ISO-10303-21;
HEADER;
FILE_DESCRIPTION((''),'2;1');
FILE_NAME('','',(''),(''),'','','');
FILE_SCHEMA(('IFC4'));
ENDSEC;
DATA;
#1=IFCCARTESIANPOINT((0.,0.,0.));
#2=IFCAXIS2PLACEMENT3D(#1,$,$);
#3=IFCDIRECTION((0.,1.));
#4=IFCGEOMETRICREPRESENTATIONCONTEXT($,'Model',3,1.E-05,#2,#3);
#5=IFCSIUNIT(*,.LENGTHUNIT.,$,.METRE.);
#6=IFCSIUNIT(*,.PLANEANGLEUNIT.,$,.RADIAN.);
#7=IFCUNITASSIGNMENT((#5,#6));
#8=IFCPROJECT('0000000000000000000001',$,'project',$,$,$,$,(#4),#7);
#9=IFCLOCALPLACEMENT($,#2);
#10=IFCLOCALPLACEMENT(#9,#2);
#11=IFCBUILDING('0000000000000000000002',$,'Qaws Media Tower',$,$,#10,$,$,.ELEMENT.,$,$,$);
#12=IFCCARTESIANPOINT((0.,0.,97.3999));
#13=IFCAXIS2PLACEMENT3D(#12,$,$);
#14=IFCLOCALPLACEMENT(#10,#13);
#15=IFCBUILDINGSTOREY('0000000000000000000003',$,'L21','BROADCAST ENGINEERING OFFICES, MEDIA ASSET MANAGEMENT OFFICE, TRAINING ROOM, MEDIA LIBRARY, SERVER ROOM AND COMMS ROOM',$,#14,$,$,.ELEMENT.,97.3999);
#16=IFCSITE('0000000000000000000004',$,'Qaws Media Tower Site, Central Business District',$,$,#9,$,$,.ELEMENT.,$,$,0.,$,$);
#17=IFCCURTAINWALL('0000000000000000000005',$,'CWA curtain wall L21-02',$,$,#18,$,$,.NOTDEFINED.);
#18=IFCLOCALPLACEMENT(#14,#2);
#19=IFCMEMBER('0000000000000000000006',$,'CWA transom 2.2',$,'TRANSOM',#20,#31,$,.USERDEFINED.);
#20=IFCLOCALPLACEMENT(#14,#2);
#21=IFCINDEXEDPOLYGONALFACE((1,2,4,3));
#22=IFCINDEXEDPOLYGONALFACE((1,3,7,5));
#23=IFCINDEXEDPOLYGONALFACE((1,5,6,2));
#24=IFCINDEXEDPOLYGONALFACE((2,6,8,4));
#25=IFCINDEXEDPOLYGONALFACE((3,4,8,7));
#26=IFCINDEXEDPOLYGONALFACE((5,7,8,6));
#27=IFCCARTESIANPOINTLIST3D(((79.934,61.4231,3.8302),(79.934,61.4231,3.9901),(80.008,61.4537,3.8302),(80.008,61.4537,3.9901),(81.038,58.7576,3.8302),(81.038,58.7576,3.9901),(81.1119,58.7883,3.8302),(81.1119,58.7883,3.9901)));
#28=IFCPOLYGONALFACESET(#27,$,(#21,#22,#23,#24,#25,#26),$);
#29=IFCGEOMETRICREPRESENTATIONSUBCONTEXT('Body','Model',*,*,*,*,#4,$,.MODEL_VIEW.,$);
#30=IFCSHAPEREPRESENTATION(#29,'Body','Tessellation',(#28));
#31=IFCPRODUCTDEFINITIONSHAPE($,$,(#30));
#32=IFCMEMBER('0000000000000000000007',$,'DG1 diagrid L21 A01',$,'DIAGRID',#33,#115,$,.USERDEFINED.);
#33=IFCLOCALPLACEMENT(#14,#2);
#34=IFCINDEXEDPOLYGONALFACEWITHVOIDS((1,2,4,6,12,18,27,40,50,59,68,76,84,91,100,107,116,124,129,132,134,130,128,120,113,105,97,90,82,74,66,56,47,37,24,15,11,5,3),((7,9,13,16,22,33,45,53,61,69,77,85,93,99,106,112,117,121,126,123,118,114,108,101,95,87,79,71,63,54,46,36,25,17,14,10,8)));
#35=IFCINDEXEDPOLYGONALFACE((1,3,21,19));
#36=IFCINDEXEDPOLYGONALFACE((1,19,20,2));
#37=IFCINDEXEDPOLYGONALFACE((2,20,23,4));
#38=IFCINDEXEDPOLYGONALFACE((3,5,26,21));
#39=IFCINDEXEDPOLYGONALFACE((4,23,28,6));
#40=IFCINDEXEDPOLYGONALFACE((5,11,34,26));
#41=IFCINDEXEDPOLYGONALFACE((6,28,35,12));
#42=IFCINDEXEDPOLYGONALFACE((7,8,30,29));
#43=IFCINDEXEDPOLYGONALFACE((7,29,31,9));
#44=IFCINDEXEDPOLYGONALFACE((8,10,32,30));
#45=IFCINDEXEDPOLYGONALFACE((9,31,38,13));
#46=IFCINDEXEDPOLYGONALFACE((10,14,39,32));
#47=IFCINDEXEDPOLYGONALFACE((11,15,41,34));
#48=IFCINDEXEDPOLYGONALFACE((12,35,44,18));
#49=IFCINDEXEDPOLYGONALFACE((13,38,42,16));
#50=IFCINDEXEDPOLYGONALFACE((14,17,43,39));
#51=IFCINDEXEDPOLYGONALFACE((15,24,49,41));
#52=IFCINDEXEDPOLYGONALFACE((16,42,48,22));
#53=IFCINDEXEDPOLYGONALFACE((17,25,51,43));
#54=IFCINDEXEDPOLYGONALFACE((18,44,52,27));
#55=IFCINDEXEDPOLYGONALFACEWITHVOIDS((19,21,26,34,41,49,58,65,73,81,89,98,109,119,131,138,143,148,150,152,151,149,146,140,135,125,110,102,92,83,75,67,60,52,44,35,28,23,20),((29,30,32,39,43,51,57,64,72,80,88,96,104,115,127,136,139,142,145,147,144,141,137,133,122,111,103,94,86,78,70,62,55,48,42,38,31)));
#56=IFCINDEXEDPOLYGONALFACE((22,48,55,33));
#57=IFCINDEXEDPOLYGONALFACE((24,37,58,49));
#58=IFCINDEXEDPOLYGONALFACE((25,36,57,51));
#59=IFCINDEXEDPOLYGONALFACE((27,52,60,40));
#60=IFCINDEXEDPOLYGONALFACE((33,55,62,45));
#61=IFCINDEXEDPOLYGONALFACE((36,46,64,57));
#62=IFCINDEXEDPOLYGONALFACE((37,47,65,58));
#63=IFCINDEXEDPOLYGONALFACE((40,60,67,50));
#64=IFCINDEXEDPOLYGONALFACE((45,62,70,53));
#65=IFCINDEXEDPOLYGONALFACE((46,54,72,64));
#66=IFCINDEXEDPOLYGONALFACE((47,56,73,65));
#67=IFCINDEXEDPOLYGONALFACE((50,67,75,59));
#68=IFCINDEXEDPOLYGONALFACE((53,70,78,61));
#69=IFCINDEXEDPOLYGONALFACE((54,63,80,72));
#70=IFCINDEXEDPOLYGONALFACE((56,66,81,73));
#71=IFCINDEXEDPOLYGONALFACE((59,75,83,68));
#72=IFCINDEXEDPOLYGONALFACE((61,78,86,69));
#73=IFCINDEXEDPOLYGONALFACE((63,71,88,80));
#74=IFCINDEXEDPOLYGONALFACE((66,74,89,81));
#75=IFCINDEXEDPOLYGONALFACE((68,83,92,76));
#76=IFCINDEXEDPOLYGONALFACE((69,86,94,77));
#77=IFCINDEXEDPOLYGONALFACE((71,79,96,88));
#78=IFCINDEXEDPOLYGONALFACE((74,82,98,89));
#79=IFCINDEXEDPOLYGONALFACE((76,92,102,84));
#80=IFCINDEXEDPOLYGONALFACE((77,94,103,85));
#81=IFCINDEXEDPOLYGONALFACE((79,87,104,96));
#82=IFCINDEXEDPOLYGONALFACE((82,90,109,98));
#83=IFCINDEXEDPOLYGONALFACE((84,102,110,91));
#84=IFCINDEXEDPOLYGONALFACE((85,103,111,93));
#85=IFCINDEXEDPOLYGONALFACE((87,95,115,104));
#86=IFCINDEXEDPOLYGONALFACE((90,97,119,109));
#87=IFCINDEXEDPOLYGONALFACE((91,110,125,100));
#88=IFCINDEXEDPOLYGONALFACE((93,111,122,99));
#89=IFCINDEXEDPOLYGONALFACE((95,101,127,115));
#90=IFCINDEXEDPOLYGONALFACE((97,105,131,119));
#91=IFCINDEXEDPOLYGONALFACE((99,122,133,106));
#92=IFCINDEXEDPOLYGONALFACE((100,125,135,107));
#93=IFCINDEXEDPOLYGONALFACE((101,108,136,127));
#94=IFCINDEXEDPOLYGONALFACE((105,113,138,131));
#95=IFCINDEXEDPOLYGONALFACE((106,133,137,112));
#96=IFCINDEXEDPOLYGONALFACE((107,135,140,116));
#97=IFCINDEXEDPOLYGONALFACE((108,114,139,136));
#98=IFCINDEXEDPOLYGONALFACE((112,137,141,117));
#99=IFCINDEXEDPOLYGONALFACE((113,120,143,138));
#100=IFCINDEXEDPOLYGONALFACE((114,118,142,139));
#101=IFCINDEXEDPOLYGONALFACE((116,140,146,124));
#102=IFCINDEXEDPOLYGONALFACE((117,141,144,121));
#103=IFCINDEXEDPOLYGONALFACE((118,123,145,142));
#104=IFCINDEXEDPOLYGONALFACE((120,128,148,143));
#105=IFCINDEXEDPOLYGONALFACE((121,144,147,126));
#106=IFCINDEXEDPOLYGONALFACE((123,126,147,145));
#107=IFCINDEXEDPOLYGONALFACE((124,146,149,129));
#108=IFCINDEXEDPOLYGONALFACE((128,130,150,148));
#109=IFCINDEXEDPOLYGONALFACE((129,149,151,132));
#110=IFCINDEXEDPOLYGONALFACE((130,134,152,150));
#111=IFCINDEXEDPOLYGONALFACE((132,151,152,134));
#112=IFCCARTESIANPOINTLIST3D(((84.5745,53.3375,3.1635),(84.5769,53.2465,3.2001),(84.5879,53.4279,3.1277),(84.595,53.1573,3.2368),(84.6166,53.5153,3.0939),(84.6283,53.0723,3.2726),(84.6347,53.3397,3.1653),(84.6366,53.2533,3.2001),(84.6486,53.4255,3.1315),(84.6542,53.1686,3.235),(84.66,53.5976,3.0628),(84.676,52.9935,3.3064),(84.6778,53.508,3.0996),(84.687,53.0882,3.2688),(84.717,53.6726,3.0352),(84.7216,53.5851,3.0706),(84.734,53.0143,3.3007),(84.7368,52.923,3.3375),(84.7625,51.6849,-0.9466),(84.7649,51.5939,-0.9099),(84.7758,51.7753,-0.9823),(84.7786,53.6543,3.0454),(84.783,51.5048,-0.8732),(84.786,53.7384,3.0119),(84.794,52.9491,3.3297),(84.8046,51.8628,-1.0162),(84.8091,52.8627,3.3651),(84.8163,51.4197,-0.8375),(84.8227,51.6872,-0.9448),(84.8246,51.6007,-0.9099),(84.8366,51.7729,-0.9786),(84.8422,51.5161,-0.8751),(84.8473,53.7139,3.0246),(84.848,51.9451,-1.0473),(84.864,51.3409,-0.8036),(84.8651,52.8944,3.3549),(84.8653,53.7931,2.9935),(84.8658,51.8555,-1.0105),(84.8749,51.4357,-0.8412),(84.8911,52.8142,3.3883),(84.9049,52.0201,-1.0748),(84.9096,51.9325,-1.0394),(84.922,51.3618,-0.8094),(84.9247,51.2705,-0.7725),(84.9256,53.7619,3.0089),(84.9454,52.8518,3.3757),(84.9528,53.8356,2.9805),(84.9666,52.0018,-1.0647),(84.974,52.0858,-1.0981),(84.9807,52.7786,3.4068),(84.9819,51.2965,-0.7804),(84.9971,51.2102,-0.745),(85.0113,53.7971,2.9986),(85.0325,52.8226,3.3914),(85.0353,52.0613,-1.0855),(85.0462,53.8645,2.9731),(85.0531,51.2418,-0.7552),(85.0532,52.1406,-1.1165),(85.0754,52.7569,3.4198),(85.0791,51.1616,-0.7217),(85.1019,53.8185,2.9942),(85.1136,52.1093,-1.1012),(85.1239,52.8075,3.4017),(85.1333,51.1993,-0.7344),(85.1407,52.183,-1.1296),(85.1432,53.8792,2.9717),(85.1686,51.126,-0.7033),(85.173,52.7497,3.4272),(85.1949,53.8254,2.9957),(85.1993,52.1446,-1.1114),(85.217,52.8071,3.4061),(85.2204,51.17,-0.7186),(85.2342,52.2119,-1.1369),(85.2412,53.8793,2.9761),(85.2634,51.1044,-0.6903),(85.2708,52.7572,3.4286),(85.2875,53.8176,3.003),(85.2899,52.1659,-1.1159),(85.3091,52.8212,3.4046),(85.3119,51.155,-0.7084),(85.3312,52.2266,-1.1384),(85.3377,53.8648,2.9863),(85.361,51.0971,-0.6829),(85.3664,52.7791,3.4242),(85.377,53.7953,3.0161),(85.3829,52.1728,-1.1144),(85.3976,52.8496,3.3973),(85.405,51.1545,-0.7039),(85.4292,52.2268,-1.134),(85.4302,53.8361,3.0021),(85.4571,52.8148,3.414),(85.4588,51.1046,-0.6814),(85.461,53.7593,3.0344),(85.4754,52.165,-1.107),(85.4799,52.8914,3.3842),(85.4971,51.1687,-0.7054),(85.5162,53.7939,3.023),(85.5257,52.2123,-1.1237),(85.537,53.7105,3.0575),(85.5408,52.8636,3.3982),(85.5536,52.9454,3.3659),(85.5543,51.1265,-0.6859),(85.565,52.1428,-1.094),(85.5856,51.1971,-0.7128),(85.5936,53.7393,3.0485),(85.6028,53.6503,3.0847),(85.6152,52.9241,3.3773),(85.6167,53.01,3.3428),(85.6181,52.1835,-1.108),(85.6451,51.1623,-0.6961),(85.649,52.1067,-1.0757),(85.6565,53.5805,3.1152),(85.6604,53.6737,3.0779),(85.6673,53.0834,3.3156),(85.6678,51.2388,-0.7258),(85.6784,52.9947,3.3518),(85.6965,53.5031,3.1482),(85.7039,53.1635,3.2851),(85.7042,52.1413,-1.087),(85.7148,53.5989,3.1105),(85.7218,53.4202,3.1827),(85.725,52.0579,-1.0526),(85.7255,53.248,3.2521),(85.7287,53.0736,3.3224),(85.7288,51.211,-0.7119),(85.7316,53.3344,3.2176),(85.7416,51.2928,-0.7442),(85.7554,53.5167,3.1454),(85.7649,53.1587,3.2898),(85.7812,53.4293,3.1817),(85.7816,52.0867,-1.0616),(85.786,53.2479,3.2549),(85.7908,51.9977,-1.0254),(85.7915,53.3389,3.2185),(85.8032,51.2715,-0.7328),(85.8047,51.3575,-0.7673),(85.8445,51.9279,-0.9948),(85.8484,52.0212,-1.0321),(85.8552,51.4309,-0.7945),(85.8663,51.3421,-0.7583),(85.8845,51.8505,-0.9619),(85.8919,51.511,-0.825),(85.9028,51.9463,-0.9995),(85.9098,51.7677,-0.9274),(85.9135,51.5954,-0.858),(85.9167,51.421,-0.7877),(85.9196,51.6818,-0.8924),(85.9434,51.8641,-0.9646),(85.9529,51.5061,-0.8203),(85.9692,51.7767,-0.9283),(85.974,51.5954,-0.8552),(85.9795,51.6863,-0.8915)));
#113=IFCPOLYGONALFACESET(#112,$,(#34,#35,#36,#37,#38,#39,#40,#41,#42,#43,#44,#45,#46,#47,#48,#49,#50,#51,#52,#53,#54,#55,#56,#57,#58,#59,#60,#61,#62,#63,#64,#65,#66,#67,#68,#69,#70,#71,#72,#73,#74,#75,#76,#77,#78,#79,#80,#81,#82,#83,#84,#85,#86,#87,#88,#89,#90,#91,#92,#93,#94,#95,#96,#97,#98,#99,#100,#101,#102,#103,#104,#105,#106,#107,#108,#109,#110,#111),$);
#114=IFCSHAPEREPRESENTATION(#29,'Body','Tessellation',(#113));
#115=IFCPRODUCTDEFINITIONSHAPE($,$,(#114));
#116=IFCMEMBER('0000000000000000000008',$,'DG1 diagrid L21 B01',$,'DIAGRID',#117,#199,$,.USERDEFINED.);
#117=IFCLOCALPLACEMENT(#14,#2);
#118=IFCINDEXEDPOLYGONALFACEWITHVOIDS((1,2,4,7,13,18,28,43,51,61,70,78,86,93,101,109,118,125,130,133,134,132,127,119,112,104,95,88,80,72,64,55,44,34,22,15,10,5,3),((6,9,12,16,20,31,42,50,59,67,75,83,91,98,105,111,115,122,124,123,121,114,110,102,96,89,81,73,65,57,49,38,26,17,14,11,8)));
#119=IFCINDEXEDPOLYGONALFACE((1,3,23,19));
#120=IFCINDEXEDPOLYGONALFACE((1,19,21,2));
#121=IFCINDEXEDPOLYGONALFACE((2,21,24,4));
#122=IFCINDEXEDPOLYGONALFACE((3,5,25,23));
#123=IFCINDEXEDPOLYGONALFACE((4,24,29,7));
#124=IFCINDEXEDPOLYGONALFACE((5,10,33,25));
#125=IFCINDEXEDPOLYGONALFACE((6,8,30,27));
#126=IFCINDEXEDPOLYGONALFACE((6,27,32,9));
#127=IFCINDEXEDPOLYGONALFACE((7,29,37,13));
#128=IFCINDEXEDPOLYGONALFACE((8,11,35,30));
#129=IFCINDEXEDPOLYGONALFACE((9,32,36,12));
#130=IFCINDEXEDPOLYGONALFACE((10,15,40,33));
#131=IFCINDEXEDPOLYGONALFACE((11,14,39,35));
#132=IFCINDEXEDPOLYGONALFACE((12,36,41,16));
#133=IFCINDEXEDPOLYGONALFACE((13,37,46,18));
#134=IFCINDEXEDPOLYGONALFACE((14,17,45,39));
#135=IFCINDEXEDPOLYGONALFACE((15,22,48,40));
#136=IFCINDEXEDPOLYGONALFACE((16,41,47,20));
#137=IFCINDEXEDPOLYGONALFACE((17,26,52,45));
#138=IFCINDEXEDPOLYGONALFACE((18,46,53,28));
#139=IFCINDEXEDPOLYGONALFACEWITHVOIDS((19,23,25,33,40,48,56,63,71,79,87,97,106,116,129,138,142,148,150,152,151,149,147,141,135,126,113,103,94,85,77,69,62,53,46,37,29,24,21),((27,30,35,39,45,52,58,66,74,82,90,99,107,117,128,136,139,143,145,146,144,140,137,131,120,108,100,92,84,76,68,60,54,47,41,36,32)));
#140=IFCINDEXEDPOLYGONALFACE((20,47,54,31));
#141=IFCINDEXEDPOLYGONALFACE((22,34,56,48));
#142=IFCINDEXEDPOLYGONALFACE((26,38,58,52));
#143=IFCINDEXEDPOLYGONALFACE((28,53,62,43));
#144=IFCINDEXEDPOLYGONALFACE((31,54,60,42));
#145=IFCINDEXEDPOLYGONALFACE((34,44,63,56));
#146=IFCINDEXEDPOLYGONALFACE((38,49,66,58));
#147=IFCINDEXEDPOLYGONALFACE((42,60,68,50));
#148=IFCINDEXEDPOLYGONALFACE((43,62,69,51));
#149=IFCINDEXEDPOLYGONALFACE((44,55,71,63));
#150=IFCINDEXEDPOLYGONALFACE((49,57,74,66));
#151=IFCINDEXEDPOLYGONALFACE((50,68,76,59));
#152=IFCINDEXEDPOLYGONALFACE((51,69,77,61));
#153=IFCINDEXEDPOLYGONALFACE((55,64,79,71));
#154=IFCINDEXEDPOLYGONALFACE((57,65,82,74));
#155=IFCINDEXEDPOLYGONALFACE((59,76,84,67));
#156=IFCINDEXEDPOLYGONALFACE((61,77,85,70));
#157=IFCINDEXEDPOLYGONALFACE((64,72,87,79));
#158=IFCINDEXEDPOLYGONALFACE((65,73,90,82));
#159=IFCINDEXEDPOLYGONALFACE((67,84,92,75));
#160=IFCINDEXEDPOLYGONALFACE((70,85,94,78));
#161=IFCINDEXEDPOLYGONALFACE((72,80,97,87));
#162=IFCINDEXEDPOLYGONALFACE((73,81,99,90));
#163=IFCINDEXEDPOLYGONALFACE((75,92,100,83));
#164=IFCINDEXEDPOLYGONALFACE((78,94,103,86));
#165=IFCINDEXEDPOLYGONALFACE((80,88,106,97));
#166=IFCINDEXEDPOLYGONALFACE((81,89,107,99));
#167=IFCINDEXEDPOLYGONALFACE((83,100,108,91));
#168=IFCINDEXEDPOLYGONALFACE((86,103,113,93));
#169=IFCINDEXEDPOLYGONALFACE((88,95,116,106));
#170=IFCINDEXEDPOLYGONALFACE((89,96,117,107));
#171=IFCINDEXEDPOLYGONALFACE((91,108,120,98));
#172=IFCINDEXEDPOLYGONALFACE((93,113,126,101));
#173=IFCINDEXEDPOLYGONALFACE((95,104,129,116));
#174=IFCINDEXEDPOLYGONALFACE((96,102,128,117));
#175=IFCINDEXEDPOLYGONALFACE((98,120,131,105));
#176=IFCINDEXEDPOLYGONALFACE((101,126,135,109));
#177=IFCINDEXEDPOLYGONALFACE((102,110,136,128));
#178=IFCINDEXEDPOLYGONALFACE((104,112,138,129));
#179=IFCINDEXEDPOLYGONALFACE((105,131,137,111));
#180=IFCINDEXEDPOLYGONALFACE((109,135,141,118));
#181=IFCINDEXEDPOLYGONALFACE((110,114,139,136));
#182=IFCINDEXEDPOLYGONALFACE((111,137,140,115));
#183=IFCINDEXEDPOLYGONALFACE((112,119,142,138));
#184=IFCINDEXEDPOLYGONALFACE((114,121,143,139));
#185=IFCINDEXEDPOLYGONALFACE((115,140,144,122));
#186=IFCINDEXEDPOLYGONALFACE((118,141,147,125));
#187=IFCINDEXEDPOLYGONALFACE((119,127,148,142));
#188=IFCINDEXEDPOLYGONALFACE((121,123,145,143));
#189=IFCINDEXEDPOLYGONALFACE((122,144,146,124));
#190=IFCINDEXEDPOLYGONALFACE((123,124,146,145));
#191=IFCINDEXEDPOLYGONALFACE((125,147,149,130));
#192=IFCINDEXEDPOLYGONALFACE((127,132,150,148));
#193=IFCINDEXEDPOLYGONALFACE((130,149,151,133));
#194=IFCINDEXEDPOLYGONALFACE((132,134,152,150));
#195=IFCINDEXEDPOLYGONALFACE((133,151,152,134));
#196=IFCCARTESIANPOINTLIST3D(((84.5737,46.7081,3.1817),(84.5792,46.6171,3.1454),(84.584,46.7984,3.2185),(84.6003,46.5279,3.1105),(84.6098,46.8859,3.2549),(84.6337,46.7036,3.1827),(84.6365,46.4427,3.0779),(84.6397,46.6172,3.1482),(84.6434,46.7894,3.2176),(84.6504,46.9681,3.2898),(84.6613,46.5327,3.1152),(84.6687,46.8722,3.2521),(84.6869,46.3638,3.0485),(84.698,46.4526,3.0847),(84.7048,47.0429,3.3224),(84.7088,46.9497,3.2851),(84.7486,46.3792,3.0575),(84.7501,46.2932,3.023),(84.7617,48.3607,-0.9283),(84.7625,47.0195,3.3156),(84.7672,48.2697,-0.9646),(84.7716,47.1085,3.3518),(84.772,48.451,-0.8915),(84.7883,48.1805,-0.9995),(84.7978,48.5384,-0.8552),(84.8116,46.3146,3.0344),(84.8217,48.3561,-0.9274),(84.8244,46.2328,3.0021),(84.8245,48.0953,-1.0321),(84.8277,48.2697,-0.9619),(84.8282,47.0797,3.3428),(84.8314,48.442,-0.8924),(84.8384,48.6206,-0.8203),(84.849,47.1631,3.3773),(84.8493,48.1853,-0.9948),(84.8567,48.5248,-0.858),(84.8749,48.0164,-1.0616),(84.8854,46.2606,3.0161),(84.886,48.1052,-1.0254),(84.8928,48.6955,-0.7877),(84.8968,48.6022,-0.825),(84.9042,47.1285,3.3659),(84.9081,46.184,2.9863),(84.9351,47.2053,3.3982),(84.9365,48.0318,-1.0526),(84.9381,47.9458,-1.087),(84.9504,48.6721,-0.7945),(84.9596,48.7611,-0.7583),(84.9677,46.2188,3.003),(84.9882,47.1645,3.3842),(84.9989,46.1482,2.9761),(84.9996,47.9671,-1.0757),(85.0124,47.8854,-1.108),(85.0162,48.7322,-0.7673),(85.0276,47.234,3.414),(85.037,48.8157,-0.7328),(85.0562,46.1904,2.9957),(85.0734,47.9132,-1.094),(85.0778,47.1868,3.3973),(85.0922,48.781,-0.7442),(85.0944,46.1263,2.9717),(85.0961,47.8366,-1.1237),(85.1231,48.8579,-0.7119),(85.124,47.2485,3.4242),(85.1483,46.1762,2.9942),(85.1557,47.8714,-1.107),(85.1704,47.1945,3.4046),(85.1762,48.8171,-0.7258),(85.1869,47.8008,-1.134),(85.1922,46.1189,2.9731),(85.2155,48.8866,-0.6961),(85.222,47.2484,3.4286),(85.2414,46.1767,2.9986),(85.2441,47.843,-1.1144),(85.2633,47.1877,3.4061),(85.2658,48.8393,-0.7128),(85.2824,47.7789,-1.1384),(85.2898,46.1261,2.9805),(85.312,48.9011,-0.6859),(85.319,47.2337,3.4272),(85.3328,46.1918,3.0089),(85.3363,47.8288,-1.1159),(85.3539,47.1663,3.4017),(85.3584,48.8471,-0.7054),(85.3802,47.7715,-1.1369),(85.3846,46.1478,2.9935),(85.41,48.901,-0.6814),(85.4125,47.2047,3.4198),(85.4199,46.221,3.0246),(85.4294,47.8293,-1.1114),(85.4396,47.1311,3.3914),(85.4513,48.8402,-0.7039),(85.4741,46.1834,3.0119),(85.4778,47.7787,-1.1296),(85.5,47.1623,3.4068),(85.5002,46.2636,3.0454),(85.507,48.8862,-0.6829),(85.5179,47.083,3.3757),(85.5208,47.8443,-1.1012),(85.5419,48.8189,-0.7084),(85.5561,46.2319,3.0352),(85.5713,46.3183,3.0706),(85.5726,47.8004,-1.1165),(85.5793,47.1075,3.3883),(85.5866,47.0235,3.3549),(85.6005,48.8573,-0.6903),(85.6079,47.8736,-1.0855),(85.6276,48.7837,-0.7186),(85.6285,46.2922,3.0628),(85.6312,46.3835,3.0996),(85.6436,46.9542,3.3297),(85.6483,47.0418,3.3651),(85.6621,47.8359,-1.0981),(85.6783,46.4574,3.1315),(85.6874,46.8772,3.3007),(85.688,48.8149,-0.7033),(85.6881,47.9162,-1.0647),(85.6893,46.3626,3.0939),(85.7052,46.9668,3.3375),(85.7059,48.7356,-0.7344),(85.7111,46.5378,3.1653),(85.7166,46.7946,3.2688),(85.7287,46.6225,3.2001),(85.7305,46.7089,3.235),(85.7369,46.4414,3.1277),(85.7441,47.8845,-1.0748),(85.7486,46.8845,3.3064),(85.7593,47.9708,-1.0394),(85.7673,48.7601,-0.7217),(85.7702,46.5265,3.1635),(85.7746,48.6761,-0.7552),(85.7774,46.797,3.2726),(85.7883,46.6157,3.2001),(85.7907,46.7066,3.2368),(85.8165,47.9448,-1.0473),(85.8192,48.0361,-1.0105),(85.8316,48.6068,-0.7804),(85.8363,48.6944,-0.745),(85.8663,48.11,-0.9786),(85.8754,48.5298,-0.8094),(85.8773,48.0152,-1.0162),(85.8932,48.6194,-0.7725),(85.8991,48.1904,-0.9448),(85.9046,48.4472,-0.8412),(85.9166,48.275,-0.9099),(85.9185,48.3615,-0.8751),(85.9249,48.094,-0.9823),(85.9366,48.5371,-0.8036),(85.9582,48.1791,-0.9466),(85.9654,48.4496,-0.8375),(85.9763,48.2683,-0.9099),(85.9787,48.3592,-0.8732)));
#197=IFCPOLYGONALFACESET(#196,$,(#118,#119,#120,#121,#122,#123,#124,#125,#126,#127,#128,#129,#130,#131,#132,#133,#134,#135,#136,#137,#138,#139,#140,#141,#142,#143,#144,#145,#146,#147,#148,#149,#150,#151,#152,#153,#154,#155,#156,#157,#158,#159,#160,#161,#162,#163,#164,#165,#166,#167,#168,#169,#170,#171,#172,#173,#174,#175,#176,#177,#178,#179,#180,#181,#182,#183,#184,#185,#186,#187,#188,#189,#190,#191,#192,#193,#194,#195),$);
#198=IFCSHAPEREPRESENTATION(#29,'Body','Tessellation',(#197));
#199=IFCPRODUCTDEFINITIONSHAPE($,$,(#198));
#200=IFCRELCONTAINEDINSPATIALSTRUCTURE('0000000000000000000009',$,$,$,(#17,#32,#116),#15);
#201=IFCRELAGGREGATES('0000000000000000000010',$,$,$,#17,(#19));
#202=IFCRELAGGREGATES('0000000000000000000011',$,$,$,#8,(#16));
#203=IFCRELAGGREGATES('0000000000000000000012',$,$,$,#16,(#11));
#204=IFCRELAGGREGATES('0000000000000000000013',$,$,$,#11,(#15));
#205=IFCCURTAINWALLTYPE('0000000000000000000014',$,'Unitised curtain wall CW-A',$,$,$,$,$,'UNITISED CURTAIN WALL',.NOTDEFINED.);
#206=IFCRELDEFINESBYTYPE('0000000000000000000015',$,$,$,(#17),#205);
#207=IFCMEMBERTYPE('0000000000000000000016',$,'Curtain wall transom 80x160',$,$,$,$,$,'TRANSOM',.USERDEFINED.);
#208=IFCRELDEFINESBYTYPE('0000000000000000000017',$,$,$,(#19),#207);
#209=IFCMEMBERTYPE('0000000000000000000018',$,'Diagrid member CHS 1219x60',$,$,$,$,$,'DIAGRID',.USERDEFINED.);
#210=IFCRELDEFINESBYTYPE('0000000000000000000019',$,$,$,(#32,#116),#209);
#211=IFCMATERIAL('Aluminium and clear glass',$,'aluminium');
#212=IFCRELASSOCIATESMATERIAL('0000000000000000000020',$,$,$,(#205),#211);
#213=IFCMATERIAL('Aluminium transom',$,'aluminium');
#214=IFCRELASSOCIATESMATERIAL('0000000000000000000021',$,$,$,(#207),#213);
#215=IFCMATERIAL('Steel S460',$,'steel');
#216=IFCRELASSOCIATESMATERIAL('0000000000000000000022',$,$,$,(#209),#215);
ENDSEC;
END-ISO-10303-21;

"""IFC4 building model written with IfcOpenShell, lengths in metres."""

from ifc_helpers import new_model, si_unit, direction, frame, origin, origin_2d, place, context, subcontext, project, spatial, rectangle, hollow_circle, extrude, material, material_profile, profile_set, type_object, element, aggregate, save


model = new_model("IFC4")

# Units and contexts
model_context = context("Model", 3, precision=1e-05, world=origin(), true_north=direction((0.0, 1.0)))
body_context = subcontext(model_context, "Body", "Model", "MODEL_VIEW")
ifc_project = project(units=[si_unit("LENGTHUNIT", "METRE"), si_unit("PLANEANGLEUNIT", "RADIAN")], contexts=[model_context])

# Site, building, storey
site_placement = place(None, origin())
site = spatial("IfcSite", under=ifc_project, at=site_placement, Name="Qaws Media Tower Site, Central Business District", CompositionType="ELEMENT", RefElevation=0.0)
building_placement = place(site_placement, origin())
building = spatial("IfcBuilding", under=site, at=building_placement, Name="Qaws Media Tower", CompositionType="ELEMENT")
storey_placement = place(building_placement, frame((0.0, 0.0, 97.3999)))
storey = spatial("IfcBuildingStorey", under=building, at=storey_placement, Name="L21", Description="BROADCAST ENGINEERING OFFICES, MEDIA ASSET MANAGEMENT OFFICE, TRAINING ROOM, MEDIA LIBRARY, SERVER ROOM AND COMMS ROOM", CompositionType="ELEMENT", Elevation=97.3999)

# Curtain wall
ifc_material_1 = material(Name="Aluminium and clear glass", Category="aluminium")
curtain_wall_type = type_object("IfcCurtainWallType", Name="Unitised curtain wall CW-A", ElementType="UNITISED CURTAIN WALL", PredefinedType="NOTDEFINED", material=ifc_material_1)
curtain_wall_1_placement = place(storey_placement, origin())
curtain_wall_1 = element("IfcCurtainWall", 1, at=curtain_wall_1_placement, inside=storey, type_object=curtain_wall_type, Name="CWA curtain wall L21-02", PredefinedType="NOTDEFINED")

# Member
ifc_material_2 = material(Name="Aluminium transom", Category="aluminium")
ifc_material_profile_1 = material_profile(ifc_material_2, rectangle(XDim=0.0801, YDim=0.1599, at=origin_2d()), Name="80x160")
ifc_profile_set_1 = profile_set([ifc_material_profile_1], Name="Aluminium transom")
member_type_1 = type_object("IfcMemberType", Name="Curtain wall transom 80x160", ElementType="TRANSOM", PredefinedType="USERDEFINED", material=ifc_profile_set_1)
member_1_placement = place(storey_placement, frame((81.075, 58.7729, 3.9102), z_axis=(-0.382656, 0.923891, 0.0), x_axis=(-0.923891, -0.382656, 0.0)))
member_1 = element("IfcMember", 2, at=member_1_placement, type_object=member_type_1, Name="CWA transom 2.2", ObjectType="TRANSOM", PredefinedType="USERDEFINED", context=body_context, shape_type="SweptSolid", body=[
    extrude(rectangle(XDim=0.0801, YDim=0.1599, at=origin_2d()), origin(), (0.0, 0.0, 1.0), 2.885),
])

# Members
ifc_material_3 = material(Name="Steel S460", Category="steel")
ifc_material_profile_2 = material_profile(ifc_material_3, hollow_circle(Radius=0.6096, WallThickness=0.0601, at=origin_2d()), Name="CHS 1219x60")
ifc_profile_set_2 = profile_set([ifc_material_profile_2], Name="Steel S460")
member_type_2 = type_object("IfcMemberType", Name="Diagrid member CHS 1219x60", ElementType="DIAGRID", PredefinedType="USERDEFINED", material=ifc_profile_set_2)
for number, where, z_axis, x_axis, name in (
    (3, (85.3706, 51.6628, -0.9099), (-0.042398, 0.372717, 0.926976), (-0.993592, -0.113025, 0.0), "DG1 diagrid L21 A01"),
    (4, (85.3706, 48.3372, -0.9099), (-0.042398, -0.372717, 0.926976), (0.993592, -0.113025, 0.0), "DG1 diagrid L21 B01"),
):
    element("IfcMember", number, at=place(storey_placement, frame(where, z_axis=z_axis, x_axis=x_axis)), inside=storey, type_object=member_type_2, Name=name, ObjectType="DIAGRID", PredefinedType="USERDEFINED", context=body_context, shape_type="SweptSolid", body=[
        extrude(hollow_circle(Radius=0.6096, WallThickness=0.0601, at=origin_2d()), origin(), (0.0, 0.0, 1.0), 4.4338),
    ])

aggregate(curtain_wall_1, [member_1])

save(model, "model.ifc")
